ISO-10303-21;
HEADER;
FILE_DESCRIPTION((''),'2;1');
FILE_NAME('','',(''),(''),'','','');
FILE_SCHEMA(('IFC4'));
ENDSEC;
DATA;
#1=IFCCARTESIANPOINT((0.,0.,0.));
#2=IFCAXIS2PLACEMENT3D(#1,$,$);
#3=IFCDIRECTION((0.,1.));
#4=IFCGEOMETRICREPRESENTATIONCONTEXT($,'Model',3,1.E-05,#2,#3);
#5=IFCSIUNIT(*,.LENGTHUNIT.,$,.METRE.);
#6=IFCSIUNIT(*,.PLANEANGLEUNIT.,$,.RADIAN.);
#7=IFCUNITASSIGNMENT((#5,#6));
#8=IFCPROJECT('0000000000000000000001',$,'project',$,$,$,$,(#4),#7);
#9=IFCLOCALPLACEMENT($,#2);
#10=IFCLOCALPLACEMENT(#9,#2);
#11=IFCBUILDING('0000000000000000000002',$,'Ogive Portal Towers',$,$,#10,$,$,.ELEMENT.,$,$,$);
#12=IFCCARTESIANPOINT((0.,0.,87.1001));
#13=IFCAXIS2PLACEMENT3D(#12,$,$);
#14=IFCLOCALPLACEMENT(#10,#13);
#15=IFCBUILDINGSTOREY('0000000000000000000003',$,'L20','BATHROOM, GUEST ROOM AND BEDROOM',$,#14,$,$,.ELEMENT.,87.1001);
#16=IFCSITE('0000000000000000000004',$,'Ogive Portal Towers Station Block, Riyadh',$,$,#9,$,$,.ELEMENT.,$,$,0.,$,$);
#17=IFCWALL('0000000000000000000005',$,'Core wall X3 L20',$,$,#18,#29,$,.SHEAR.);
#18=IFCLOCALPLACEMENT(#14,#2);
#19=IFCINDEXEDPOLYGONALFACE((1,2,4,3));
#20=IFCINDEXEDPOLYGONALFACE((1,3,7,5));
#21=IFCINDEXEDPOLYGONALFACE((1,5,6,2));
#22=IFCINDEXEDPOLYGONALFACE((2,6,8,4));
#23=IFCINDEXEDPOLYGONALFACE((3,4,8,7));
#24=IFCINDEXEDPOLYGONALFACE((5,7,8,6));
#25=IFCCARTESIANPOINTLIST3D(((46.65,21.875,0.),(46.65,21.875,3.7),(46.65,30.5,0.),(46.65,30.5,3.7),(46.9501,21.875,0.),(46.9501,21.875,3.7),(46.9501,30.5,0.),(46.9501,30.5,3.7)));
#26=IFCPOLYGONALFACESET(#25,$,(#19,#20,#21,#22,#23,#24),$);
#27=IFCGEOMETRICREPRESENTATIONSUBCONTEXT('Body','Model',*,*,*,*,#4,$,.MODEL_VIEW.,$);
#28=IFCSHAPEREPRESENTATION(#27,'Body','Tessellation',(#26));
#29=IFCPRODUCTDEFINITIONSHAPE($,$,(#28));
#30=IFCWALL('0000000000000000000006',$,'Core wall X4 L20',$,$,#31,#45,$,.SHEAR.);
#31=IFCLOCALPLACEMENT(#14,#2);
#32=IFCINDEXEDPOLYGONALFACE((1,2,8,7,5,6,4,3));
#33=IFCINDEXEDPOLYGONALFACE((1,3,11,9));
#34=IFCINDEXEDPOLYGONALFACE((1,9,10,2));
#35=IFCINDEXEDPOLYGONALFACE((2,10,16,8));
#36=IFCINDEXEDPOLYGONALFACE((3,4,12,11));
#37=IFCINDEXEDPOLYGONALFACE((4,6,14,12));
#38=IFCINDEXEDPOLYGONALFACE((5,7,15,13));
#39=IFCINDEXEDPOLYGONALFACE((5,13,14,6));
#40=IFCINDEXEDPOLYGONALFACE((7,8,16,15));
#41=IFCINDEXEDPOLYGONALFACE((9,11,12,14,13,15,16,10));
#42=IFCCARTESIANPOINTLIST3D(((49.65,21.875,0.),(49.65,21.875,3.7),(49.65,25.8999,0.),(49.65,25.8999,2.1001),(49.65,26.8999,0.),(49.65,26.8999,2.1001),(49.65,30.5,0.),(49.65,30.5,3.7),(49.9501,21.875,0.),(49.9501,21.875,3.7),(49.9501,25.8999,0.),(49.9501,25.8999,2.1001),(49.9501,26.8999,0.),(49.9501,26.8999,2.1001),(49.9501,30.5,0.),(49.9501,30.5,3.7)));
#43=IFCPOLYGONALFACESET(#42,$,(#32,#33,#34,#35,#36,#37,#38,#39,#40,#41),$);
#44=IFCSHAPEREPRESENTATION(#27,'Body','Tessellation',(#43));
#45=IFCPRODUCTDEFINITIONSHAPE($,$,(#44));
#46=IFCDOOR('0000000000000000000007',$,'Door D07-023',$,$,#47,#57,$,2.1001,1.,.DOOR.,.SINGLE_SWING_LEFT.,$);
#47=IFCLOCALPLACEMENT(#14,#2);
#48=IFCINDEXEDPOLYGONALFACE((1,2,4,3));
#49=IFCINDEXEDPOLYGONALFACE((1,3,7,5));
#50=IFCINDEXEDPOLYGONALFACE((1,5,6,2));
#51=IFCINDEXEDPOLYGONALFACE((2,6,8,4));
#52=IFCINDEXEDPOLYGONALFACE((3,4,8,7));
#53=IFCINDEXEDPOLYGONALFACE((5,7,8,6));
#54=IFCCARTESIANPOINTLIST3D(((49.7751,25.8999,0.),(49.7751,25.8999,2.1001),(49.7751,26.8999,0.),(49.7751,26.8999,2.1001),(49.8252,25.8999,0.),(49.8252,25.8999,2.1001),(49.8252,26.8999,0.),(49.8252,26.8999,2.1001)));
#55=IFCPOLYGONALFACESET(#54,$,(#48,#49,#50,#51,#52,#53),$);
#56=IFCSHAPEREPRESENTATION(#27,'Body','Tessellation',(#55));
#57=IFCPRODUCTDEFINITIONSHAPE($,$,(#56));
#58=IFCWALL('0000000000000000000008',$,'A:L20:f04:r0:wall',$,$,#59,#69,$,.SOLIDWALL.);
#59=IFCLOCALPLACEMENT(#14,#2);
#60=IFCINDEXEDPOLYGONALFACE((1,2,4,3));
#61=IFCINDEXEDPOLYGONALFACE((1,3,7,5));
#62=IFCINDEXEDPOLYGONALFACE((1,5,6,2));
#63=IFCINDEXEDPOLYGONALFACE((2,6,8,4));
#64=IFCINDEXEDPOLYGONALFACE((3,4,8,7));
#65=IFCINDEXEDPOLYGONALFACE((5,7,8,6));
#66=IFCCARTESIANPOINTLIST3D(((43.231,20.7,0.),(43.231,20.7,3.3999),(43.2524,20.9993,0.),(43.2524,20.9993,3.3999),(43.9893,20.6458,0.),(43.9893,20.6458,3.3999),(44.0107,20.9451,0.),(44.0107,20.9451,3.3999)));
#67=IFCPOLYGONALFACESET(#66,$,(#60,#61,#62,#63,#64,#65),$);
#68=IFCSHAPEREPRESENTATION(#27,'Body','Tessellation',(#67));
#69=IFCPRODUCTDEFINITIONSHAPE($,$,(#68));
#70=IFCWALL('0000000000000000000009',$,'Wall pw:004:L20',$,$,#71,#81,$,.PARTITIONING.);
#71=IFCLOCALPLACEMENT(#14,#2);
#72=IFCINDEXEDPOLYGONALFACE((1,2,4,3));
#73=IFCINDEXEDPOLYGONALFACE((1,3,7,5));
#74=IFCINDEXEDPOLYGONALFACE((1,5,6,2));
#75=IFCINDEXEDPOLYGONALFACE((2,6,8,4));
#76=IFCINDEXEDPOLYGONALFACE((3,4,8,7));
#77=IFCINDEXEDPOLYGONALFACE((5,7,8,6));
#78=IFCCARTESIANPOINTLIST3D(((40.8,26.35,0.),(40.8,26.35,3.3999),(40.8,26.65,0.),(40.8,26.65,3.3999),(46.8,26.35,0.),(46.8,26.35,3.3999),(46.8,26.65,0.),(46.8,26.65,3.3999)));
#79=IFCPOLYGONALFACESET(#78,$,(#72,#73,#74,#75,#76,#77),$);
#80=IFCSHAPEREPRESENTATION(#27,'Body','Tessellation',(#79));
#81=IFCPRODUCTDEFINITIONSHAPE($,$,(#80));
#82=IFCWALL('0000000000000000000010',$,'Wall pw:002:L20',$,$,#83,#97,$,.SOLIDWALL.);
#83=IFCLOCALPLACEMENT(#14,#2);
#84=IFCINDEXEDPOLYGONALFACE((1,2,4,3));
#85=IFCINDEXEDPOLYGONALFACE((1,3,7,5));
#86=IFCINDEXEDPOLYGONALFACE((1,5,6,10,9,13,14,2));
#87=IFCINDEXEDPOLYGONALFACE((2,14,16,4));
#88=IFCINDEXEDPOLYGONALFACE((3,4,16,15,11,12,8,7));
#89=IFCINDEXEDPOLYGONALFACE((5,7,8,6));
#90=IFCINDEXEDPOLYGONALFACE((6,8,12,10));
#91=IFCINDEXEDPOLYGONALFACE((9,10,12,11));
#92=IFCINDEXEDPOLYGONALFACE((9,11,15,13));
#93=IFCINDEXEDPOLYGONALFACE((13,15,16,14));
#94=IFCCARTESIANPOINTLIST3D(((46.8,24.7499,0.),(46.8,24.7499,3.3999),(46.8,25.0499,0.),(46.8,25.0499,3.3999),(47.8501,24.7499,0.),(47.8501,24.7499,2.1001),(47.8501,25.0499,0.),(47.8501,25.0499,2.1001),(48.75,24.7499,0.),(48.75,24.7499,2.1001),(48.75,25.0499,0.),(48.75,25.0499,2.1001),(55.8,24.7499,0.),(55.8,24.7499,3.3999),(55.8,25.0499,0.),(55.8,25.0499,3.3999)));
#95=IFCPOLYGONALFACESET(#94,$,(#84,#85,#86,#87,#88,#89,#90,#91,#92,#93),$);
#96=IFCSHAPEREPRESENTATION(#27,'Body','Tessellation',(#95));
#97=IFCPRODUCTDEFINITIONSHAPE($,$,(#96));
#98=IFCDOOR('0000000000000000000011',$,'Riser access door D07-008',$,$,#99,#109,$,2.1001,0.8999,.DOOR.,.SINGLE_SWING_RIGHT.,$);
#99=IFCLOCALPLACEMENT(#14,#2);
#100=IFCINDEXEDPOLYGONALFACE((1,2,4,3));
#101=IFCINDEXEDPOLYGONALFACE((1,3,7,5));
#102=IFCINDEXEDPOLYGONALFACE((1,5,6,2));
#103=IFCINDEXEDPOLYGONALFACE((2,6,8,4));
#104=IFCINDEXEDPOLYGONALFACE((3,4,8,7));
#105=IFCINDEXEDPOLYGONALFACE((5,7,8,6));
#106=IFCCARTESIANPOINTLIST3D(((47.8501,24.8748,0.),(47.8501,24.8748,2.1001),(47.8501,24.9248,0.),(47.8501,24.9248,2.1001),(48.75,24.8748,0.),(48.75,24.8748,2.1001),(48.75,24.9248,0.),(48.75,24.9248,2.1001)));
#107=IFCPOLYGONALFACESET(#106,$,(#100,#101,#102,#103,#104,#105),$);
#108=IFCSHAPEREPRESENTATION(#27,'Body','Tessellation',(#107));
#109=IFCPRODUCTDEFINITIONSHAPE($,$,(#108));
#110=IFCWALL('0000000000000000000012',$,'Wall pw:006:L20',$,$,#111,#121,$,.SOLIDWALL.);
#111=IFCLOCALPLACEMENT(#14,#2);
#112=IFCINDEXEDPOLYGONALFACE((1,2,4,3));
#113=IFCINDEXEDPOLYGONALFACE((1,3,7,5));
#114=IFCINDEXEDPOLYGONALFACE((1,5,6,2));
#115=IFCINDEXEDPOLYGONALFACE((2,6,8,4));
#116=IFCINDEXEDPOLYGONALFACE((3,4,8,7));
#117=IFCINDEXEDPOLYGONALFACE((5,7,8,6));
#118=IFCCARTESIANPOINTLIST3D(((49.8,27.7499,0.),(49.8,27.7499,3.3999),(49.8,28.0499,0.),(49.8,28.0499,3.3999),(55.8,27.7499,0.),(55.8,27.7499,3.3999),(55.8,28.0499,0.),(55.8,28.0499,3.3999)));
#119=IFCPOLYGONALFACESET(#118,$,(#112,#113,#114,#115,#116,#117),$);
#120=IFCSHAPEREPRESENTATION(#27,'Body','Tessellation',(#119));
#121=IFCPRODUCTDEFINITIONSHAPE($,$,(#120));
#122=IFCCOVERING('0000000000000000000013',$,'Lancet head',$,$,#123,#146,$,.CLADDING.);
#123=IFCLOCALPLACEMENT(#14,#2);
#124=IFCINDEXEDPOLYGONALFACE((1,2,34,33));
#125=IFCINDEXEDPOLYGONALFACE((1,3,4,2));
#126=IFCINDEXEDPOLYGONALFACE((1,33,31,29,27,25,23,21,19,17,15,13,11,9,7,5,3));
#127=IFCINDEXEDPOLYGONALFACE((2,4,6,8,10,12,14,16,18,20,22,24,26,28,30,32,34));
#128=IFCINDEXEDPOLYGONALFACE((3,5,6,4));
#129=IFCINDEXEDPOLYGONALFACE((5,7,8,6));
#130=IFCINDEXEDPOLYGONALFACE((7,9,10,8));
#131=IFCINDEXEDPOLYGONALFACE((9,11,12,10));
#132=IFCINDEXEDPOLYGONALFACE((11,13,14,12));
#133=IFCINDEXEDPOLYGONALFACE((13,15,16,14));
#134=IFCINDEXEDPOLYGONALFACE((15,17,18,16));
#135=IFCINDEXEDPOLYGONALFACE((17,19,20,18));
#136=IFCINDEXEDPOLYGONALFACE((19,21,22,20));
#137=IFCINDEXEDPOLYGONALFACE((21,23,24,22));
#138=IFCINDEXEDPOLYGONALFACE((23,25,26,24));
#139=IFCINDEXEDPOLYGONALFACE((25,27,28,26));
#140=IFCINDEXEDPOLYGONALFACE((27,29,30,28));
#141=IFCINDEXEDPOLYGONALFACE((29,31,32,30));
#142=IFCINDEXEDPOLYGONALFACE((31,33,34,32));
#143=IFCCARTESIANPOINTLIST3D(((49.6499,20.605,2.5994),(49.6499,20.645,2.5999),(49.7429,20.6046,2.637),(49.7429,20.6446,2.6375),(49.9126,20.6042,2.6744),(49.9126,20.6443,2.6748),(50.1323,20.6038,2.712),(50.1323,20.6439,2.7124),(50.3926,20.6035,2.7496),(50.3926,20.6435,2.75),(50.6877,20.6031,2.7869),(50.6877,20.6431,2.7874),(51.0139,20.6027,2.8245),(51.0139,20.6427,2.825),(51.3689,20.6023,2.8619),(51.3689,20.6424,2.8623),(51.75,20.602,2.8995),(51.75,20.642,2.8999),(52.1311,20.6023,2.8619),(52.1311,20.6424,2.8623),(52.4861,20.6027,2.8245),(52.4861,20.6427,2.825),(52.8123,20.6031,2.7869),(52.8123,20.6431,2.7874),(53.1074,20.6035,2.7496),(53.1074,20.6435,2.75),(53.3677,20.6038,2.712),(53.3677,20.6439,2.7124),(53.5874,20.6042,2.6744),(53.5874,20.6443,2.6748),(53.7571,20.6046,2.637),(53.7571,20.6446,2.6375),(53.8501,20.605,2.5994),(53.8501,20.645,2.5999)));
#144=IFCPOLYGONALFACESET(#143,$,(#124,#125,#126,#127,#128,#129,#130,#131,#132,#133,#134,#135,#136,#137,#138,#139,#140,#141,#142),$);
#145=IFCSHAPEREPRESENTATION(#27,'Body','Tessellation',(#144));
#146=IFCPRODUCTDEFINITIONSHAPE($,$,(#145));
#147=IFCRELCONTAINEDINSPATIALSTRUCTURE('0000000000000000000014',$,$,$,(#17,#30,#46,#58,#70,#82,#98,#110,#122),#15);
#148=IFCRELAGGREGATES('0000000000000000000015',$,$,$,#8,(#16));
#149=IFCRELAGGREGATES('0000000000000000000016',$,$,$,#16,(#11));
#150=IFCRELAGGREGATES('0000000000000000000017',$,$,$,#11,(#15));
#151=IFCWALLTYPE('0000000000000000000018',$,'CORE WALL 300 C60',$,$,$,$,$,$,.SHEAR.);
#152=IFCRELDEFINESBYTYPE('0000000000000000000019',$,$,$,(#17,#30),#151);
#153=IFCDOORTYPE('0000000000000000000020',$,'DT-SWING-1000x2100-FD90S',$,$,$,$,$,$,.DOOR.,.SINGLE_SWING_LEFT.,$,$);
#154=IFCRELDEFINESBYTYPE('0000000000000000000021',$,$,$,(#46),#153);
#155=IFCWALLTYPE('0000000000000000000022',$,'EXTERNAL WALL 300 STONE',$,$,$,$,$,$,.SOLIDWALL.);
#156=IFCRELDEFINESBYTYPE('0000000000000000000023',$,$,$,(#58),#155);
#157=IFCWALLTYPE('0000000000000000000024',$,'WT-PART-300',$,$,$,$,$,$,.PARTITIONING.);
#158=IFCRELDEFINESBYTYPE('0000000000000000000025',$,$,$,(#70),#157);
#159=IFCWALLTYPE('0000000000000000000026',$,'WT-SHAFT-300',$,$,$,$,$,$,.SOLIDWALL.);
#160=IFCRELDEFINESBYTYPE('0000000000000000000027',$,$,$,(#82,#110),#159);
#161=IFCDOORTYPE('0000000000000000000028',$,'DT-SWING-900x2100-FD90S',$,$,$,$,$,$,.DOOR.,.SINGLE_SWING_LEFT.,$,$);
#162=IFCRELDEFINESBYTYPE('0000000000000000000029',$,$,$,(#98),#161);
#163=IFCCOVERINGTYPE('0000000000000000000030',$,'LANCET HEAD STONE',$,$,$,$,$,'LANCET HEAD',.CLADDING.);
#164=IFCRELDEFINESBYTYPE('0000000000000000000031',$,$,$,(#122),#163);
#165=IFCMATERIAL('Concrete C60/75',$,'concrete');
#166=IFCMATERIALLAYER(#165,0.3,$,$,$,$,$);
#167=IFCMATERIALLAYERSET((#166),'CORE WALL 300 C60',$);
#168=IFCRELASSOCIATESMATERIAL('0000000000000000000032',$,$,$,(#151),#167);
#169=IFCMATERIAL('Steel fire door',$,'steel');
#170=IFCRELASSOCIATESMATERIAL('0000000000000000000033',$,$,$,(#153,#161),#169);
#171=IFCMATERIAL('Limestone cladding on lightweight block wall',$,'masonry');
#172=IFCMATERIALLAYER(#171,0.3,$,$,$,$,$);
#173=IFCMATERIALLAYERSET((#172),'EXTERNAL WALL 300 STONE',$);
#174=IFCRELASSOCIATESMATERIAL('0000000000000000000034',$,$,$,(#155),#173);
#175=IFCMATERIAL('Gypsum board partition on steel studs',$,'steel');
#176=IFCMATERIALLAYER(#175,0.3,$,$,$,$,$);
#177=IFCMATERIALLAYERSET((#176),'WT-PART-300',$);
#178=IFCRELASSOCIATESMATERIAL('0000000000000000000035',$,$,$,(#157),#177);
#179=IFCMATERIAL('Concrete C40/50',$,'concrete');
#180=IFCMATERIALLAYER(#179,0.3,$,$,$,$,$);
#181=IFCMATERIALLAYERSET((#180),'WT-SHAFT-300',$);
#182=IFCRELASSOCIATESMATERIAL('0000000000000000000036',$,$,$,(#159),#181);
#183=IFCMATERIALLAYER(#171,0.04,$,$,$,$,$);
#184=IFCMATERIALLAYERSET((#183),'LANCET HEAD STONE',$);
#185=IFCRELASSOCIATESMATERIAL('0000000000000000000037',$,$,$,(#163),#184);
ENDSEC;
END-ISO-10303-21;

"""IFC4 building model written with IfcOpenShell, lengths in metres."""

from ifc_helpers import new_model, si_unit, direction, frame, frame_2d, origin, place, context, subcontext, project, spatial, polyline, rectangle, outline, extrude, material, layer, layer_set, type_object, element, fill, save


model = new_model("IFC4")

# Units and contexts
model_context = context("Model", 3, precision=1e-05, world=origin(), true_north=direction((0.0, 1.0)))
body_context = subcontext(model_context, "Body", "Model", "MODEL_VIEW")
ifc_project = project(units=[si_unit("LENGTHUNIT", "METRE"), si_unit("PLANEANGLEUNIT", "RADIAN")], contexts=[model_context])

# Site, building, storey
site_placement = place(None, origin())
site = spatial("IfcSite", under=ifc_project, at=site_placement, Name="Ogive Portal Towers Station Block, Riyadh", CompositionType="ELEMENT", RefElevation=0.0)
building_placement = place(site_placement, origin())
building = spatial("IfcBuilding", under=site, at=building_placement, Name="Ogive Portal Towers", CompositionType="ELEMENT")
storey_placement = place(building_placement, frame((0.0, 0.0, 87.1001)))
storey = spatial("IfcBuildingStorey", under=building, at=storey_placement, Name="L20", Description="BATHROOM, GUEST ROOM AND BEDROOM", CompositionType="ELEMENT", Elevation=87.1001)

# Wall
ifc_material_1 = material(Name="Concrete C60/75", Category="concrete")
ifc_layer_1 = layer(ifc_material_1, 0.3)
ifc_layer_set_1 = layer_set([ifc_layer_1], Name="CORE WALL 300 C60")
wall_type_1 = type_object("IfcWallType", Name="CORE WALL 300 C60", PredefinedType="SHEAR", material=ifc_layer_set_1)
wall_1_placement = place(storey_placement, frame((46.8, 21.875, 0.0), z_axis=(0.0, 0.0, 1.0), x_axis=(0.0, 1.0, 0.0)))
element("IfcWall", 1, at=wall_1_placement, inside=storey, type_object=wall_type_1, Name="Core wall X3 L20", PredefinedType="SHEAR", context=body_context, shape_type="SweptSolid", body=[
    extrude(rectangle(XDim=8.625, YDim=0.3, at=frame_2d((4.3125, 0.0))), origin(), (0.0, 0.0, 1.0), 3.7),
])

# Wall, opening, door
wall_2_placement = place(storey_placement, frame((49.8, 21.875, 0.0), z_axis=(0.0, 0.0, 1.0), x_axis=(0.0, 1.0, 0.0)))
wall_2 = element("IfcWall", 2, at=wall_2_placement, inside=storey, type_object=wall_type_1, Name="Core wall X4 L20", PredefinedType="SHEAR", context=body_context, shape_type="SweptSolid", body=[
    extrude(rectangle(XDim=8.625, YDim=0.3, at=frame_2d((4.3125, 0.0))), origin(), (0.0, 0.0, 1.0), 3.7),
])
opening_1_placement = place(wall_2_placement, frame((4.0249, 0.0, 0.0)))
opening_1 = element("IfcOpeningElement", 3, at=opening_1_placement, cuts=wall_2, PredefinedType="OPENING", context=body_context, shape_type="SweptSolid", body=[
    extrude(rectangle(XDim=1.0, YDim=2.1001, at=frame_2d((0.5, 1.05))), frame((0.0, 0.1602, 0.0), z_axis=(0.0, -1.0, 0.0), x_axis=(1.0, 0.0, 0.0)), (0.0, 0.0, 1.0), 0.3201),
])
ifc_material_2 = material(Name="Steel fire door", Category="steel")
door_type_1 = type_object("IfcDoorType", Name="DT-SWING-1000x2100-FD90S", OperationType="SINGLE_SWING_LEFT", PredefinedType="DOOR", material=ifc_material_2)
door_1_placement = place(opening_1_placement, origin())
door_1 = element("IfcDoor", 4, at=door_1_placement, inside=storey, type_object=door_type_1, Name="Door D07-023", OperationType="SINGLE_SWING_LEFT", OverallHeight=2.1001, OverallWidth=1.0, PredefinedType="DOOR", context=body_context, shape_type="SweptSolid", body=[
    extrude(rectangle(XDim=1.0, YDim=2.1001, at=frame_2d((0.5, 1.05))), frame((0.0, 0.0249, 0.0), z_axis=(0.0, -1.0, 0.0), x_axis=(1.0, 0.0, 0.0)), (0.0, 0.0, 1.0), 0.05),
])
fill(opening_1, door_1)

# Wall
ifc_material_3 = material(Name="Limestone cladding on lightweight block wall", Category="masonry")
ifc_layer_2 = layer(ifc_material_3, 0.3)
ifc_layer_set_2 = layer_set([ifc_layer_2], Name="EXTERNAL WALL 300 STONE")
wall_type_2 = type_object("IfcWallType", Name="EXTERNAL WALL 300 STONE", PredefinedType="SOLIDWALL", material=ifc_layer_set_2)
wall_3_placement = place(storey_placement, frame((43.2417, 20.8496, 0.0), z_axis=(0.0, 0.0, 1.0), x_axis=(0.997455, -0.071293, 0.0)))
element("IfcWall", 5, at=wall_3_placement, inside=storey, type_object=wall_type_2, Name="A:L20:f04:r0:wall", PredefinedType="SOLIDWALL", context=body_context, shape_type="SweptSolid", body=[
    extrude(rectangle(XDim=0.7603, YDim=0.3, at=frame_2d((0.3801, 0.0))), origin(), (0.0, 0.0, 1.0), 3.3999),
])

# Wall
ifc_material_4 = material(Name="Gypsum board partition on steel studs", Category="steel")
ifc_layer_3 = layer(ifc_material_4, 0.3)
ifc_layer_set_3 = layer_set([ifc_layer_3], Name="WT-PART-300")
wall_type_3 = type_object("IfcWallType", Name="WT-PART-300", PredefinedType="PARTITIONING", material=ifc_layer_set_3)
wall_4_placement = place(storey_placement, frame((40.8, 26.5, 0.0), z_axis=(0.0, 0.0, 1.0), x_axis=(1.0, 0.0, 0.0)))
element("IfcWall", 6, at=wall_4_placement, inside=storey, type_object=wall_type_3, Name="Wall pw:004:L20", PredefinedType="PARTITIONING", context=body_context, shape_type="SweptSolid", body=[
    extrude(rectangle(XDim=6.0, YDim=0.3, at=frame_2d((3.0, 0.0))), origin(), (0.0, 0.0, 1.0), 3.3999),
])

# Wall, opening, door
ifc_material_5 = material(Name="Concrete C40/50", Category="concrete")
ifc_layer_4 = layer(ifc_material_5, 0.3)
ifc_layer_set_4 = layer_set([ifc_layer_4], Name="WT-SHAFT-300")
wall_type_4 = type_object("IfcWallType", Name="WT-SHAFT-300", PredefinedType="SOLIDWALL", material=ifc_layer_set_4)
wall_5_placement = place(storey_placement, frame((46.8, 24.8999, 0.0), z_axis=(0.0, 0.0, 1.0), x_axis=(1.0, 0.0, 0.0)))
wall_5 = element("IfcWall", 7, at=wall_5_placement, inside=storey, type_object=wall_type_4, Name="Wall pw:002:L20", PredefinedType="SOLIDWALL", context=body_context, shape_type="SweptSolid", body=[
    extrude(rectangle(XDim=9.0, YDim=0.3, at=frame_2d((4.5, 0.0))), origin(), (0.0, 0.0, 1.0), 3.3999),
])
opening_2_placement = place(wall_5_placement, frame((1.05, 0.0, 0.0)))
opening_2 = element("IfcOpeningElement", 8, at=opening_2_placement, cuts=wall_5, PredefinedType="OPENING", context=body_context, shape_type="SweptSolid", body=[
    extrude(rectangle(XDim=0.8999, YDim=2.1001, at=frame_2d((0.45, 1.05))), frame((0.0, 0.1602, 0.0), z_axis=(0.0, -1.0, 0.0), x_axis=(1.0, 0.0, 0.0)), (0.0, 0.0, 1.0), 0.3201),
])
door_type_2 = type_object("IfcDoorType", Name="DT-SWING-900x2100-FD90S", OperationType="SINGLE_SWING_LEFT", PredefinedType="DOOR", material=ifc_material_2)
door_2_placement = place(opening_2_placement, origin())
door_2 = element("IfcDoor", 9, at=door_2_placement, inside=storey, type_object=door_type_2, Name="Riser access door D07-008", OperationType="SINGLE_SWING_RIGHT", OverallHeight=2.1001, OverallWidth=0.8999, PredefinedType="DOOR", context=body_context, shape_type="SweptSolid", body=[
    extrude(rectangle(XDim=0.8999, YDim=2.1001, at=frame_2d((0.45, 1.05))), frame((0.0, 0.0249, 0.0), z_axis=(0.0, -1.0, 0.0), x_axis=(1.0, 0.0, 0.0)), (0.0, 0.0, 1.0), 0.05),
])
fill(opening_2, door_2)

# Wall
wall_6_placement = place(storey_placement, frame((49.8, 27.8999, 0.0), z_axis=(0.0, 0.0, 1.0), x_axis=(1.0, 0.0, 0.0)))
element("IfcWall", 10, at=wall_6_placement, inside=storey, type_object=wall_type_4, Name="Wall pw:006:L20", PredefinedType="SOLIDWALL", context=body_context, shape_type="SweptSolid", body=[
    extrude(rectangle(XDim=6.0, YDim=0.3, at=frame_2d((3.0, 0.0))), origin(), (0.0, 0.0, 1.0), 3.3999),
])

# Covering
ifc_layer_5 = layer(ifc_material_3, 0.04)
ifc_layer_set_5 = layer_set([ifc_layer_5], Name="LANCET HEAD STONE")
covering_type = type_object("IfcCoveringType", Name="LANCET HEAD STONE", ElementType="LANCET HEAD", PredefinedType="CLADDING", material=ifc_layer_set_5)
covering_placement = place(storey_placement, frame((49.6499, 20.645, 2.5999), z_axis=(0.0, 0.999949, 0.010103), x_axis=(1.0, 0.0, 0.0)))
element("IfcCovering", 11, at=covering_placement, inside=storey, type_object=covering_type, Name="Lancet head", PredefinedType="CLADDING", context=body_context, shape_type="SweptSolid", body=[
    extrude(outline(polyline([(0.0, 0.0), (4.2002, 0.0), (4.1072, -0.0376), (3.9375, -0.075), (3.7178, -0.1126), (3.4575, -0.1502), (3.1624, -0.1875), (2.8362, -0.2251), (2.4812, -0.2625), (2.1001, -0.3001), (1.719, -0.2625), (1.364, -0.2251), (1.0378, -0.1875), (0.7427, -0.1502), (0.4824, -0.1126), (0.2627, -0.075), (0.093, -0.0376), (0.0, 0.0)])), origin(), (0.0, 0.0, -1.0), 0.04),
])

save(model, "model.ifc")
